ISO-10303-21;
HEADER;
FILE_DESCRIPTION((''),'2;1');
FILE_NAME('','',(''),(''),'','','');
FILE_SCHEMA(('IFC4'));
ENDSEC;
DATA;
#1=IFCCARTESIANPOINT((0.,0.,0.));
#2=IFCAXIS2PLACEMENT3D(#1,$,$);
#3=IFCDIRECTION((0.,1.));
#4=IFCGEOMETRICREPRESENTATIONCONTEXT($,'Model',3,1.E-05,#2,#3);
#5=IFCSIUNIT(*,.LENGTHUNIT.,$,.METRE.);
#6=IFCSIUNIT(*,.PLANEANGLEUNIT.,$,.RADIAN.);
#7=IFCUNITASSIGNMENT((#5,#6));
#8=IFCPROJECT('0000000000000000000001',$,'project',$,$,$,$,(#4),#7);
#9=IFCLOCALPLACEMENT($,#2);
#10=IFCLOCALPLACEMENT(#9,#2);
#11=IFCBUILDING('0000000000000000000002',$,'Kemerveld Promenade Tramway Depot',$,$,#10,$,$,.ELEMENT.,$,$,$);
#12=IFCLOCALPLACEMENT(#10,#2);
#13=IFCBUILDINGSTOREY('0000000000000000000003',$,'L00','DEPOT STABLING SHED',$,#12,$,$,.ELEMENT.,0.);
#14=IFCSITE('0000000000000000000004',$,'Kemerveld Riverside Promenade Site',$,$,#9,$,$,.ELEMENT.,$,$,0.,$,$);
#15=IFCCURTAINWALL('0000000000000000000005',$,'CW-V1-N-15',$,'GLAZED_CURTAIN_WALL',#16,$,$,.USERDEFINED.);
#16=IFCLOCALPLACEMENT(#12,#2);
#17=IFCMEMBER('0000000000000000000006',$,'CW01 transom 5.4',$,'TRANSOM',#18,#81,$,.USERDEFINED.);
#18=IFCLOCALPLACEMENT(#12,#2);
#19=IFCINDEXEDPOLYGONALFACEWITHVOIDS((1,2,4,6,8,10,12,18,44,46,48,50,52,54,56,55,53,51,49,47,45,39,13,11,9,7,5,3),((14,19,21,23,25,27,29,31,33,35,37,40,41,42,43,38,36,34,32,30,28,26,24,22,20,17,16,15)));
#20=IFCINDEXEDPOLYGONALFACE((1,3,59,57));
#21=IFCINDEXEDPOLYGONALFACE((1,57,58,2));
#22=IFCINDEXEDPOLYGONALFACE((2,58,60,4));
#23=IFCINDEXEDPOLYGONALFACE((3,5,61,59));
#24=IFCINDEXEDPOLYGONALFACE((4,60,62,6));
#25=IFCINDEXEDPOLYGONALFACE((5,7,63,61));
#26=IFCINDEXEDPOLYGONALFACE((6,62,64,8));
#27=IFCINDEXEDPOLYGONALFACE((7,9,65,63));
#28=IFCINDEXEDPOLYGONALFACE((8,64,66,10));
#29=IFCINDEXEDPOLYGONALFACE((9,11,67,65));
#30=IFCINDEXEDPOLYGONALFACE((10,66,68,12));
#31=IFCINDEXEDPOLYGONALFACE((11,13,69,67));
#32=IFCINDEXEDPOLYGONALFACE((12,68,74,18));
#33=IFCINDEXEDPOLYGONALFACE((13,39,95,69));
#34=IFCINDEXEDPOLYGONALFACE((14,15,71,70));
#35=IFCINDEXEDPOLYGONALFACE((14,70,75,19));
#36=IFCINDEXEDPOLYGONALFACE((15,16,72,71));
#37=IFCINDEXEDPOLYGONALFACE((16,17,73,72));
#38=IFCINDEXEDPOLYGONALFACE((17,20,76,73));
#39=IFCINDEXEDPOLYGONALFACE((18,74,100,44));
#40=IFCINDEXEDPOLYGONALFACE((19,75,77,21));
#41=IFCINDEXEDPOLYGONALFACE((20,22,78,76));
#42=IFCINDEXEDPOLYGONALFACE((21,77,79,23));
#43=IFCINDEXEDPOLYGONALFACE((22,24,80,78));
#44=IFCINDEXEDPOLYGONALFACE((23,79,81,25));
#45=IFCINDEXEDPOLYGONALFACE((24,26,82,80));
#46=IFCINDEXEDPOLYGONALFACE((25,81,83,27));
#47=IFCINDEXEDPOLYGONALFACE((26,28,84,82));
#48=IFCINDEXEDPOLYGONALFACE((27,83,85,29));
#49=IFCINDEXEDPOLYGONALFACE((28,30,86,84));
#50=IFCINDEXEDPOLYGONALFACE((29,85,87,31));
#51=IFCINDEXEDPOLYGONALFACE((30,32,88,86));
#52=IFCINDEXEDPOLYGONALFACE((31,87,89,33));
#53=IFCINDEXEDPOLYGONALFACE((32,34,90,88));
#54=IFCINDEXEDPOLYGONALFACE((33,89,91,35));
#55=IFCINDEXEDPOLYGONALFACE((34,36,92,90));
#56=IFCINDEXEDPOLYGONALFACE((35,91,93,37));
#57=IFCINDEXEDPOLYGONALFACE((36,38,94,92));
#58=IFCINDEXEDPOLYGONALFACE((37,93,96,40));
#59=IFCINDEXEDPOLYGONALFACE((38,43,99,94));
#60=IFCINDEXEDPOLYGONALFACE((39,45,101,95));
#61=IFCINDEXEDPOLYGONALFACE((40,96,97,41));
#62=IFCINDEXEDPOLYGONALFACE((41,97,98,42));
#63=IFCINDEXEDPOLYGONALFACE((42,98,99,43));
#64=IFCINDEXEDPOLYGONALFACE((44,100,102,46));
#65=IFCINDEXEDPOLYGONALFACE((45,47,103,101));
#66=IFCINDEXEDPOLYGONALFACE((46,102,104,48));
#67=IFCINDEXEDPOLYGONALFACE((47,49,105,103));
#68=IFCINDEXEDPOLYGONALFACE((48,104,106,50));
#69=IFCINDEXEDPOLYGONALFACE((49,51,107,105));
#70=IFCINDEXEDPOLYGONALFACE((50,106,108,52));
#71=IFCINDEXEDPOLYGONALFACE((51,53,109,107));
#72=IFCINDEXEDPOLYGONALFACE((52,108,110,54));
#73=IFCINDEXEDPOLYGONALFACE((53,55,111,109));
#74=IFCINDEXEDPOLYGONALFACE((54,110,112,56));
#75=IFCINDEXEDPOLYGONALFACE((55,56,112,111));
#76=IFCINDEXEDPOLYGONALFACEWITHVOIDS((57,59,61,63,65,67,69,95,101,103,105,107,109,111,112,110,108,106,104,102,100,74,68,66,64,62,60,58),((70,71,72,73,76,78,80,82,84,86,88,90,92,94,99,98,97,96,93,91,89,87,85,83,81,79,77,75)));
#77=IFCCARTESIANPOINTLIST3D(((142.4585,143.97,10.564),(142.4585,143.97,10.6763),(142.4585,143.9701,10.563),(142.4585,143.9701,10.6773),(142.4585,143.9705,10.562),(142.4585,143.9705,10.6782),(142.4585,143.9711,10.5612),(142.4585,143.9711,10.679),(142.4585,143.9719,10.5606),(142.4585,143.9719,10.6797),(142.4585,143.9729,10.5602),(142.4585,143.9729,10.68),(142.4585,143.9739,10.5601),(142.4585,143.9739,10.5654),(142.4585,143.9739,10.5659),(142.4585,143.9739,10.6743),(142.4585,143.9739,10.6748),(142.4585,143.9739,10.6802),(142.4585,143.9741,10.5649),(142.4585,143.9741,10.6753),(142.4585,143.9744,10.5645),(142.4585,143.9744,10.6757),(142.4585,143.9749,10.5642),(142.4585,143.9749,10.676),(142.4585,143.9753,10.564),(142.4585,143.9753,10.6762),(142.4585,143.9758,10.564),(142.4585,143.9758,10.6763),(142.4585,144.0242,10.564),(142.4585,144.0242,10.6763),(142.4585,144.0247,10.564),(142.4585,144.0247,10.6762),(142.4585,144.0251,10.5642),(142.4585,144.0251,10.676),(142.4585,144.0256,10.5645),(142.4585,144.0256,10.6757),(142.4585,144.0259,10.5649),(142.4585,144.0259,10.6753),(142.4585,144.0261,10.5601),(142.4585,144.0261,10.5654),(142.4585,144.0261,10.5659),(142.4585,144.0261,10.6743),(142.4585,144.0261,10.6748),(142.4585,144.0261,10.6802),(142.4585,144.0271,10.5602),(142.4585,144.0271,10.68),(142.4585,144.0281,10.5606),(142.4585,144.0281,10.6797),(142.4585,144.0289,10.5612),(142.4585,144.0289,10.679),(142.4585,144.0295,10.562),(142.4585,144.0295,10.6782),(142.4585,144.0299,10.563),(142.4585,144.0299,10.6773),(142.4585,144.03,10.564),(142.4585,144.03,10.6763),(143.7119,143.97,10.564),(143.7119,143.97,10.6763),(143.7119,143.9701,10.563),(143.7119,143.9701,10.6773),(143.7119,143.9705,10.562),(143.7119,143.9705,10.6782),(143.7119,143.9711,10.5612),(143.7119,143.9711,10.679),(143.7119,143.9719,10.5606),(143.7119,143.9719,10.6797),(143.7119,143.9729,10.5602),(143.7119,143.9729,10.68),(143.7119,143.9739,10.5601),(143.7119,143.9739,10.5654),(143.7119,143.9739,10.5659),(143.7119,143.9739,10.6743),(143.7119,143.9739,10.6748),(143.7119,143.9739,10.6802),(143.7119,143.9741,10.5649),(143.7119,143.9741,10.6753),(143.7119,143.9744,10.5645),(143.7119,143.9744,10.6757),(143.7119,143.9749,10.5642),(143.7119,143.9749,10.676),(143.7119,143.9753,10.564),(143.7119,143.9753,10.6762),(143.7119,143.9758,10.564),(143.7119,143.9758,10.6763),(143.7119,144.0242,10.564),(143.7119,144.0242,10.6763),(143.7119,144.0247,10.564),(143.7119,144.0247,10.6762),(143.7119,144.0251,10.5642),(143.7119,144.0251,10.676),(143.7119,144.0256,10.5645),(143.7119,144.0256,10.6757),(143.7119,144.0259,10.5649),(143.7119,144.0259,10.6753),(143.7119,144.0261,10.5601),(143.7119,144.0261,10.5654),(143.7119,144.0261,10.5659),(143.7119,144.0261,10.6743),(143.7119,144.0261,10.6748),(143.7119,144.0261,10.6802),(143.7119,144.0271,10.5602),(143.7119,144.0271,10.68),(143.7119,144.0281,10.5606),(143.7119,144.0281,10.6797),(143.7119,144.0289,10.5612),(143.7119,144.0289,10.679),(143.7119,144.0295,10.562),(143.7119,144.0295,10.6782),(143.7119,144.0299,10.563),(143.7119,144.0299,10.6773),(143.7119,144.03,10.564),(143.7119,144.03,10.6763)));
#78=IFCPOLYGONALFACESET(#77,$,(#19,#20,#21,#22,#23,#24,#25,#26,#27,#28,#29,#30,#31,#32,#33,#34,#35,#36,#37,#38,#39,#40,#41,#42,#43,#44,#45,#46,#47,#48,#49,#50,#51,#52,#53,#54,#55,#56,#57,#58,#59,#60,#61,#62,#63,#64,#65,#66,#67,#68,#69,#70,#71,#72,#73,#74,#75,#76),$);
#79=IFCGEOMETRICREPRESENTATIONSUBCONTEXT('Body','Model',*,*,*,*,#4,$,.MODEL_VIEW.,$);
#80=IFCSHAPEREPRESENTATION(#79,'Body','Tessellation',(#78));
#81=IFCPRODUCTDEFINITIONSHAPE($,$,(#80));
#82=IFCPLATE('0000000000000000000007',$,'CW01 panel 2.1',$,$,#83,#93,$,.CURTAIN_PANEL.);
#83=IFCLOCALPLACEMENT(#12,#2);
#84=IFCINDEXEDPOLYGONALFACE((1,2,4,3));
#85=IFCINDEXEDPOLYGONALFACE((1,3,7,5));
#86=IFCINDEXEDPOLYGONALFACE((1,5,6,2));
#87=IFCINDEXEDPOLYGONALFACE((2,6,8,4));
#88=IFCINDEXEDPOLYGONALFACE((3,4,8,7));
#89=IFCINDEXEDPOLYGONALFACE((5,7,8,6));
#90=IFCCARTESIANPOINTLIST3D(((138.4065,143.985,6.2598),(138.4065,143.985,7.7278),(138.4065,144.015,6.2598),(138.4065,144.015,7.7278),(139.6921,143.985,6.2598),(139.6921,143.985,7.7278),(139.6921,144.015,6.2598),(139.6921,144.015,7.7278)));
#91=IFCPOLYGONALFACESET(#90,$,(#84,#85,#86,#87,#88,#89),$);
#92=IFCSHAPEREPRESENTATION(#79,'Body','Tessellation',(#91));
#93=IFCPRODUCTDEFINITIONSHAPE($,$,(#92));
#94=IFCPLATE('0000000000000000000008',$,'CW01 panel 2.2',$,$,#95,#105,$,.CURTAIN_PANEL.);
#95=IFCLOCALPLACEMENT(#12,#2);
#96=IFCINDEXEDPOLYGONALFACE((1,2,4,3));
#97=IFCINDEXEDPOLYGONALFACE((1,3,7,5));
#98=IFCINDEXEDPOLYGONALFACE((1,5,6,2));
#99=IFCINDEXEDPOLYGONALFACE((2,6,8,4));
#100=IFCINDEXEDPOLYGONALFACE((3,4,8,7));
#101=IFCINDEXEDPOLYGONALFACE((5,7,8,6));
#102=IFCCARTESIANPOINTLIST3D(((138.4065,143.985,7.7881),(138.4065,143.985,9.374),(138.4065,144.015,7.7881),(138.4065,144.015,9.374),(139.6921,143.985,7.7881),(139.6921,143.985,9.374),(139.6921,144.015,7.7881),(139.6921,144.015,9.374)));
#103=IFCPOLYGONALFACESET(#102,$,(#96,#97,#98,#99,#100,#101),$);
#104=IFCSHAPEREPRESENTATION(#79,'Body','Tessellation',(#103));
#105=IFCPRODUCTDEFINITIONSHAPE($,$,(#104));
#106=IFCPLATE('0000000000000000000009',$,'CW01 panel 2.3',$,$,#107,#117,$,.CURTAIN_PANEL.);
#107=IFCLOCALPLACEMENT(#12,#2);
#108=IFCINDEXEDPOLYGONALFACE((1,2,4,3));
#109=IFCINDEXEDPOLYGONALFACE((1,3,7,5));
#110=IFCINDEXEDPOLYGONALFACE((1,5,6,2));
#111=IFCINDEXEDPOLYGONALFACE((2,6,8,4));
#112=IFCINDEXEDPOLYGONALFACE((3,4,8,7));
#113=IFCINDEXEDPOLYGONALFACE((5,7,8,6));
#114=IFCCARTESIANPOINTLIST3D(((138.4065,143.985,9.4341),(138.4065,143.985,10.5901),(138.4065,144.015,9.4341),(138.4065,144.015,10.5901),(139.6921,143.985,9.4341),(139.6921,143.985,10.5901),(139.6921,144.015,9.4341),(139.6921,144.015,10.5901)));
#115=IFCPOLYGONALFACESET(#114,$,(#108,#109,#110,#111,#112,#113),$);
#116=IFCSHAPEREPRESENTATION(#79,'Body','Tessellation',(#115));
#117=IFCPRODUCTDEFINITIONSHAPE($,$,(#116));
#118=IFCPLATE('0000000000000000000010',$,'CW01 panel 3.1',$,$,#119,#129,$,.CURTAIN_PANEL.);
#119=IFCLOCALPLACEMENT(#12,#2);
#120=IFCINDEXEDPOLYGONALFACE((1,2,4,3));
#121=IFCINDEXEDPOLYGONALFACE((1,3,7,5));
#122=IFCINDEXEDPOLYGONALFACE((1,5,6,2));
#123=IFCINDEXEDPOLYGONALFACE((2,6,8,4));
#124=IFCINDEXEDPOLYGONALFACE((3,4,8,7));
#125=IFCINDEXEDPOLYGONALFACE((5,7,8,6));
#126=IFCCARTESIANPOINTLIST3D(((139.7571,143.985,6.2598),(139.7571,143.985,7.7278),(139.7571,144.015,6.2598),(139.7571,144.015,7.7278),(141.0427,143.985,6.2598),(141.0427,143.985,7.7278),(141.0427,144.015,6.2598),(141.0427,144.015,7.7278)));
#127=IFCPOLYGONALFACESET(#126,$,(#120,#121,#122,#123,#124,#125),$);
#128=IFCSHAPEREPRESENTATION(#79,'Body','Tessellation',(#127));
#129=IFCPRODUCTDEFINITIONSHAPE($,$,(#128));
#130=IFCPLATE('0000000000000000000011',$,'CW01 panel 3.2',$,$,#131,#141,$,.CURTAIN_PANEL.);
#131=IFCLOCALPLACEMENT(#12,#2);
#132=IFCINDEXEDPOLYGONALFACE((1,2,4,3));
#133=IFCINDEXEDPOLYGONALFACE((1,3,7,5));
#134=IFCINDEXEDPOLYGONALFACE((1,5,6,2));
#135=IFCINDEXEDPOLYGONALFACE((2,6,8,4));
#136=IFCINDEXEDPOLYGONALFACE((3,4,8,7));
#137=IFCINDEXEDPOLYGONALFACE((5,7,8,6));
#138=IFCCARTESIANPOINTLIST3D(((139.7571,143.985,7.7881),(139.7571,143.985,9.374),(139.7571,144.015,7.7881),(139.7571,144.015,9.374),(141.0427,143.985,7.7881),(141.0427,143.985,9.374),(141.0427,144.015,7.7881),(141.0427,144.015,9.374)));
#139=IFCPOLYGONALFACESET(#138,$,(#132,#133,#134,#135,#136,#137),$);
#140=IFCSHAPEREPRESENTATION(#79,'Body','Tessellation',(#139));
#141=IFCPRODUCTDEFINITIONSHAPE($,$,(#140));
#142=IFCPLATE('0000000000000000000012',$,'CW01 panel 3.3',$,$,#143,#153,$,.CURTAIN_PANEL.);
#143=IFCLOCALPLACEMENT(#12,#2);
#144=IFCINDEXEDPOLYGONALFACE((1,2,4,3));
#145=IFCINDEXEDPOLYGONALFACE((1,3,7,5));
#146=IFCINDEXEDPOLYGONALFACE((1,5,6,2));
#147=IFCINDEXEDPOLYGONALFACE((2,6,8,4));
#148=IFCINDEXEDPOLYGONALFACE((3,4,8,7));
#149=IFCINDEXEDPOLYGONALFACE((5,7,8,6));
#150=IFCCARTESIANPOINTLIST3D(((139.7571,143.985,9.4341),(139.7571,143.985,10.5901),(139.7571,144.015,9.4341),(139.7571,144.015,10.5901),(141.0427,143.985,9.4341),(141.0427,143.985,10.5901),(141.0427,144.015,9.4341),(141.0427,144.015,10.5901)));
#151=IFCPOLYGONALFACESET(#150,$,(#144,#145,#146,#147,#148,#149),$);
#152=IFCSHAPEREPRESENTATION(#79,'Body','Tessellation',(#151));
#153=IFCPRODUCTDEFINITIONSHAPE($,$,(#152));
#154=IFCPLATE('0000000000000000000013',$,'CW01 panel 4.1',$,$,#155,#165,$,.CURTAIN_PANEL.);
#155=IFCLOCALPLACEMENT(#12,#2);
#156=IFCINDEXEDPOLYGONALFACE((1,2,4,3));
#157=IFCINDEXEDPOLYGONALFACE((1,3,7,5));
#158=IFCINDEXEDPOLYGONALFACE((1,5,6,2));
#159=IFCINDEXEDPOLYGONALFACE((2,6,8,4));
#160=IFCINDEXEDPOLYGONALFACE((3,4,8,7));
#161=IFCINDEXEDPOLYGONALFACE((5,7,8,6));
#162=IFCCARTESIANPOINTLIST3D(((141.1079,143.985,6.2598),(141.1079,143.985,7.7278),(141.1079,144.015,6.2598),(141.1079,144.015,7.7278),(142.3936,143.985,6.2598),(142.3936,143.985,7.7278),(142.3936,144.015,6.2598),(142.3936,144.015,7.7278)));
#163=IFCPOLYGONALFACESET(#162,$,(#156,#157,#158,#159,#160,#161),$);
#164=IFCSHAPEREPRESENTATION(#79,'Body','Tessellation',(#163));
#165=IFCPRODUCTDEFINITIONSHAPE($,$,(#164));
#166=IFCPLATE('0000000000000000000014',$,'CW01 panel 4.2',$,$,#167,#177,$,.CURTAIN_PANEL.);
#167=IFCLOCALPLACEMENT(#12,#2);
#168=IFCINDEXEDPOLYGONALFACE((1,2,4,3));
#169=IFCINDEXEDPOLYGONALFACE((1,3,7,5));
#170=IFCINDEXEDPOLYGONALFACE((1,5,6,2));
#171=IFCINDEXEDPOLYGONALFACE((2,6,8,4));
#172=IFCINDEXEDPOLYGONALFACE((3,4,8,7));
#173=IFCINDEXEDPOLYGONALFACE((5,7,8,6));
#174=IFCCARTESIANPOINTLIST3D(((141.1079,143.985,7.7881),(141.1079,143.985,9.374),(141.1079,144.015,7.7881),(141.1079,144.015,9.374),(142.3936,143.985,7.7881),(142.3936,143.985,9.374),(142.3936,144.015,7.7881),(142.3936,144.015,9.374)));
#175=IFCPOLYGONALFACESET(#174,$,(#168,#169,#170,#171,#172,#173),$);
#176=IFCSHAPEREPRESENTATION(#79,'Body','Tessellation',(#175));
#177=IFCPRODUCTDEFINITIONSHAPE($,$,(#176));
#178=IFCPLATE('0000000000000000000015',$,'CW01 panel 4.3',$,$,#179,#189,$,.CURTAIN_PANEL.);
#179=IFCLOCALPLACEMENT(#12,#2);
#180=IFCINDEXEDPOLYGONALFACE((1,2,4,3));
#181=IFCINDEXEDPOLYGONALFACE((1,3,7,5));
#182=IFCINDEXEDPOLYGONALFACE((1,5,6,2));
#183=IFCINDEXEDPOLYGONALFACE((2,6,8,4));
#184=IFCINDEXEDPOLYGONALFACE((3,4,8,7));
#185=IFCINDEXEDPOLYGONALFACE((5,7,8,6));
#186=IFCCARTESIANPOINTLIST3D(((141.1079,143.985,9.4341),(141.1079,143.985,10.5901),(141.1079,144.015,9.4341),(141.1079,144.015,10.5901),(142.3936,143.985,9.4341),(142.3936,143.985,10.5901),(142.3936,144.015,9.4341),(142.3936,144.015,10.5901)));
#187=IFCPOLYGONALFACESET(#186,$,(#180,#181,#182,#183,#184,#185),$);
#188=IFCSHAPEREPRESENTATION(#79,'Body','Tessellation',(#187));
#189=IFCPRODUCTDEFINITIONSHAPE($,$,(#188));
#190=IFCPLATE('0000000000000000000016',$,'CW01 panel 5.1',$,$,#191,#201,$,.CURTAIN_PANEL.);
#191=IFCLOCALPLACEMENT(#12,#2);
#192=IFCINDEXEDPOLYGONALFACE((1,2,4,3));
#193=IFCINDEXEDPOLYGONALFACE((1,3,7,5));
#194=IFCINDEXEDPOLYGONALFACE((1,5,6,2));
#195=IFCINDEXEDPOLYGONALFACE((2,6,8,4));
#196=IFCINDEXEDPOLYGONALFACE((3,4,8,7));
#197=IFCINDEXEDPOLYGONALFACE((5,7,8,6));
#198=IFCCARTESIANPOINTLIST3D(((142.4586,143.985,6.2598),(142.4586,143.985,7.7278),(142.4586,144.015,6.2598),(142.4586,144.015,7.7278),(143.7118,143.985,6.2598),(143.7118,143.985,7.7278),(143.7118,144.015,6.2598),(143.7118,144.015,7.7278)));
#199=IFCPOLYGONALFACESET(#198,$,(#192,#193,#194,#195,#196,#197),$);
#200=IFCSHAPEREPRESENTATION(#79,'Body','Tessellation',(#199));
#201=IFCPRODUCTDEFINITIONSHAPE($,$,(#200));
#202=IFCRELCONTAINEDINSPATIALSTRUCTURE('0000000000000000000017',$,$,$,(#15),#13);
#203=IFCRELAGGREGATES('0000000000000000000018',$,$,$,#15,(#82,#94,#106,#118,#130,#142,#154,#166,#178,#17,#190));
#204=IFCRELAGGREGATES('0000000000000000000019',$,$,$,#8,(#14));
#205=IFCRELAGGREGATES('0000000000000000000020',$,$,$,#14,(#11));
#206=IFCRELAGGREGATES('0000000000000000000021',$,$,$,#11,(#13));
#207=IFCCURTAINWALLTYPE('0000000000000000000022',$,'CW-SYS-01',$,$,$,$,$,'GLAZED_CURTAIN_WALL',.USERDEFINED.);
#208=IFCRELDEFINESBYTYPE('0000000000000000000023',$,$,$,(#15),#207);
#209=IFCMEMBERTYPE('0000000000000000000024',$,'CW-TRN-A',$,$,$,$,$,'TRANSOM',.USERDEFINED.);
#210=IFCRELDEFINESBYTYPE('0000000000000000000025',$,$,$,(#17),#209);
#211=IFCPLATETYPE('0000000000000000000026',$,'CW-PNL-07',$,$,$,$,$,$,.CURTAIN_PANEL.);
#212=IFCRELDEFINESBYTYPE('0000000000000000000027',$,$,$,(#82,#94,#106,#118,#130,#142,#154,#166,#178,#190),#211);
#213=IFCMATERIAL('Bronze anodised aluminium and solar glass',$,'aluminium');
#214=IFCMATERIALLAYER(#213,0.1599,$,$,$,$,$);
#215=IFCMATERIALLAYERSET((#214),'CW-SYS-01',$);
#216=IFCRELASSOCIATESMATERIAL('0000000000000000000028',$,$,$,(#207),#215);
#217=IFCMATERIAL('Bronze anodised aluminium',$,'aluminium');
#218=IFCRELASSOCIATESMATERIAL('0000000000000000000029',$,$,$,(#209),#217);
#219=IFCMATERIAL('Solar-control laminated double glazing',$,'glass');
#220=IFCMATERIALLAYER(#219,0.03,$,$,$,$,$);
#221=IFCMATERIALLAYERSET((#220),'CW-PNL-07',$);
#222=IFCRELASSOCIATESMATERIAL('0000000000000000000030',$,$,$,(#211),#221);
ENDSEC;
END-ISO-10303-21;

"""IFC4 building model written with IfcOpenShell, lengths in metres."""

from ifc_helpers import new_model, si_unit, direction, frame, origin, origin_2d, place, context, subcontext, project, spatial, rectangle, hollow_rectangle, extrude, material, layer, layer_set, material_profile, profile_set, type_object, element, aggregate, save


model = new_model("IFC4")

# Units and contexts
model_context = context("Model", 3, precision=1e-05, world=origin(), true_north=direction((0.0, 1.0)))
body_context = subcontext(model_context, "Body", "Model", "MODEL_VIEW")
ifc_project = project(units=[si_unit("LENGTHUNIT", "METRE"), si_unit("PLANEANGLEUNIT", "RADIAN")], contexts=[model_context])

# Site, building, storey
site_placement = place(None, origin())
site = spatial("IfcSite", under=ifc_project, at=site_placement, Name="Kemerveld Riverside Promenade Site", CompositionType="ELEMENT", RefElevation=0.0)
building_placement = place(site_placement, origin())
building = spatial("IfcBuilding", under=site, at=building_placement, Name="Kemerveld Promenade Tramway Depot", CompositionType="ELEMENT")
storey_placement = place(building_placement, origin())
storey = spatial("IfcBuildingStorey", under=building, at=storey_placement, Name="L00", Description="DEPOT STABLING SHED", CompositionType="ELEMENT", Elevation=0.0)

# Curtain wall, member, plates
ifc_material_1 = material(Name="Bronze anodised aluminium and solar glass", Category="aluminium")
ifc_layer_1 = layer(ifc_material_1, 0.1599)
ifc_layer_set_1 = layer_set([ifc_layer_1], Name="CW-SYS-01")
curtain_wall_type = type_object("IfcCurtainWallType", Name="CW-SYS-01", ElementType="GLAZED_CURTAIN_WALL", PredefinedType="USERDEFINED", material=ifc_layer_set_1)
curtain_wall_placement = place(storey_placement, origin())
curtain_wall = element("IfcCurtainWall", 1, at=curtain_wall_placement, inside=storey, type_object=curtain_wall_type, Name="CW-V1-N-15", ObjectType="GLAZED_CURTAIN_WALL", PredefinedType="USERDEFINED")
ifc_material_2 = material(Name="Bronze anodised aluminium", Category="aluminium")
ifc_material_profile_1 = material_profile(ifc_material_2, hollow_rectangle(XDim=0.0601, YDim=0.1201, WallThickness=0.0039, InnerFilletRadius=0.002, OuterFilletRadius=0.0039, at=origin_2d()), Name="CW-TRN-120x60")
ifc_profile_set_1 = profile_set([ifc_material_profile_1], Name="Bronze anodised aluminium")
member_type_1 = type_object("IfcMemberType", Name="CW-TRN-A", ElementType="TRANSOM", PredefinedType="USERDEFINED", material=ifc_profile_set_1)
member_1_placement = place(storey_placement, frame((142.4585, 144.0, 10.6201), z_axis=(1.0, 0.0, 0.0), x_axis=(0.0, 1.0, 0.0)))
member_1 = element("IfcMember", 2, at=member_1_placement, type_object=member_type_1, Name="CW01 transom 5.4", ObjectType="TRANSOM", PredefinedType="USERDEFINED", context=body_context, shape_type="SweptSolid", body=[
    extrude(hollow_rectangle(XDim=0.0601, YDim=0.1201, WallThickness=0.0039, InnerFilletRadius=0.002, OuterFilletRadius=0.0039, at=origin_2d()), origin(), (0.0, 0.0, 1.0), 1.2534),
])
ifc_material_3 = material(Name="Solar-control laminated double glazing", Category="glass")
ifc_layer_2 = layer(ifc_material_3, 0.03)
ifc_layer_set_2 = layer_set([ifc_layer_2], Name="CW-PNL-07")
plate_type = type_object("IfcPlateType", Name="CW-PNL-07", PredefinedType="CURTAIN_PANEL", material=ifc_layer_set_2)
plate_1_placement = place(storey_placement, frame((139.0493, 144.0, 6.2598), z_axis=(0.0, 0.0, 1.0), x_axis=(1.0, 0.0, 0.0)))
plate_1 = element("IfcPlate", 3, at=plate_1_placement, type_object=plate_type, Name="CW01 panel 2.1", PredefinedType="CURTAIN_PANEL", context=body_context, shape_type="SweptSolid", body=[
    extrude(rectangle(XDim=1.2856, YDim=0.03, at=origin_2d()), origin(), (0.0, 0.0, 1.0), 1.468),
])
plate_2_placement = place(storey_placement, frame((139.0493, 144.0, 7.7881), z_axis=(0.0, 0.0, 1.0), x_axis=(1.0, 0.0, 0.0)))
plate_2 = element("IfcPlate", 4, at=plate_2_placement, type_object=plate_type, Name="CW01 panel 2.2", PredefinedType="CURTAIN_PANEL", context=body_context, shape_type="SweptSolid", body=[
    extrude(rectangle(XDim=1.2856, YDim=0.03, at=origin_2d()), origin(), (0.0, 0.0, 1.0), 1.5859),
])
plate_3_placement = place(storey_placement, frame((139.0493, 144.0, 9.4341), z_axis=(0.0, 0.0, 1.0), x_axis=(1.0, 0.0, 0.0)))
plate_3 = element("IfcPlate", 5, at=plate_3_placement, type_object=plate_type, Name="CW01 panel 2.3", PredefinedType="CURTAIN_PANEL", context=body_context, shape_type="SweptSolid", body=[
    extrude(rectangle(XDim=1.2856, YDim=0.03, at=origin_2d()), origin(), (0.0, 0.0, 1.0), 1.156),
])
plate_4_placement = place(storey_placement, frame((140.3999, 144.0, 6.2598), z_axis=(0.0, 0.0, 1.0), x_axis=(1.0, 0.0, 0.0)))
plate_4 = element("IfcPlate", 6, at=plate_4_placement, type_object=plate_type, Name="CW01 panel 3.1", PredefinedType="CURTAIN_PANEL", context=body_context, shape_type="SweptSolid", body=[
    extrude(rectangle(XDim=1.2856, YDim=0.03, at=origin_2d()), origin(), (0.0, 0.0, 1.0), 1.468),
])
plate_5_placement = place(storey_placement, frame((140.3999, 144.0, 7.7881), z_axis=(0.0, 0.0, 1.0), x_axis=(1.0, 0.0, 0.0)))
plate_5 = element("IfcPlate", 7, at=plate_5_placement, type_object=plate_type, Name="CW01 panel 3.2", PredefinedType="CURTAIN_PANEL", context=body_context, shape_type="SweptSolid", body=[
    extrude(rectangle(XDim=1.2856, YDim=0.03, at=origin_2d()), origin(), (0.0, 0.0, 1.0), 1.5859),
])
plate_6_placement = place(storey_placement, frame((140.3999, 144.0, 9.4341), z_axis=(0.0, 0.0, 1.0), x_axis=(1.0, 0.0, 0.0)))
plate_6 = element("IfcPlate", 8, at=plate_6_placement, type_object=plate_type, Name="CW01 panel 3.3", PredefinedType="CURTAIN_PANEL", context=body_context, shape_type="SweptSolid", body=[
    extrude(rectangle(XDim=1.2856, YDim=0.03, at=origin_2d()), origin(), (0.0, 0.0, 1.0), 1.156),
])
plate_7_placement = place(storey_placement, frame((141.7507, 144.0, 6.2598), z_axis=(0.0, 0.0, 1.0), x_axis=(1.0, 0.0, 0.0)))
plate_7 = element("IfcPlate", 9, at=plate_7_placement, type_object=plate_type, Name="CW01 panel 4.1", PredefinedType="CURTAIN_PANEL", context=body_context, shape_type="SweptSolid", body=[
    extrude(rectangle(XDim=1.2856, YDim=0.03, at=origin_2d()), origin(), (0.0, 0.0, 1.0), 1.468),
])
plate_8_placement = place(storey_placement, frame((141.7507, 144.0, 7.7881), z_axis=(0.0, 0.0, 1.0), x_axis=(1.0, 0.0, 0.0)))
plate_8 = element("IfcPlate", 10, at=plate_8_placement, type_object=plate_type, Name="CW01 panel 4.2", PredefinedType="CURTAIN_PANEL", context=body_context, shape_type="SweptSolid", body=[
    extrude(rectangle(XDim=1.2856, YDim=0.03, at=origin_2d()), origin(), (0.0, 0.0, 1.0), 1.5859),
])
plate_9_placement = place(storey_placement, frame((141.7507, 144.0, 9.4341), z_axis=(0.0, 0.0, 1.0), x_axis=(1.0, 0.0, 0.0)))
plate_9 = element("IfcPlate", 11, at=plate_9_placement, type_object=plate_type, Name="CW01 panel 4.3", PredefinedType="CURTAIN_PANEL", context=body_context, shape_type="SweptSolid", body=[
    extrude(rectangle(XDim=1.2856, YDim=0.03, at=origin_2d()), origin(), (0.0, 0.0, 1.0), 1.156),
])
plate_10_placement = place(storey_placement, frame((143.0852, 144.0, 6.2598), z_axis=(0.0, 0.0, 1.0), x_axis=(1.0, 0.0, 0.0)))
plate_10 = element("IfcPlate", 12, at=plate_10_placement, type_object=plate_type, Name="CW01 panel 5.1", PredefinedType="CURTAIN_PANEL", context=body_context, shape_type="SweptSolid", body=[
    extrude(rectangle(XDim=1.2532, YDim=0.03, at=origin_2d()), origin(), (0.0, 0.0, 1.0), 1.468),
])
aggregate(curtain_wall, [plate_1, plate_2, plate_3, plate_4, plate_5, plate_6, plate_7, plate_8, plate_9, member_1, plate_10])

save(model, "model.ifc")
